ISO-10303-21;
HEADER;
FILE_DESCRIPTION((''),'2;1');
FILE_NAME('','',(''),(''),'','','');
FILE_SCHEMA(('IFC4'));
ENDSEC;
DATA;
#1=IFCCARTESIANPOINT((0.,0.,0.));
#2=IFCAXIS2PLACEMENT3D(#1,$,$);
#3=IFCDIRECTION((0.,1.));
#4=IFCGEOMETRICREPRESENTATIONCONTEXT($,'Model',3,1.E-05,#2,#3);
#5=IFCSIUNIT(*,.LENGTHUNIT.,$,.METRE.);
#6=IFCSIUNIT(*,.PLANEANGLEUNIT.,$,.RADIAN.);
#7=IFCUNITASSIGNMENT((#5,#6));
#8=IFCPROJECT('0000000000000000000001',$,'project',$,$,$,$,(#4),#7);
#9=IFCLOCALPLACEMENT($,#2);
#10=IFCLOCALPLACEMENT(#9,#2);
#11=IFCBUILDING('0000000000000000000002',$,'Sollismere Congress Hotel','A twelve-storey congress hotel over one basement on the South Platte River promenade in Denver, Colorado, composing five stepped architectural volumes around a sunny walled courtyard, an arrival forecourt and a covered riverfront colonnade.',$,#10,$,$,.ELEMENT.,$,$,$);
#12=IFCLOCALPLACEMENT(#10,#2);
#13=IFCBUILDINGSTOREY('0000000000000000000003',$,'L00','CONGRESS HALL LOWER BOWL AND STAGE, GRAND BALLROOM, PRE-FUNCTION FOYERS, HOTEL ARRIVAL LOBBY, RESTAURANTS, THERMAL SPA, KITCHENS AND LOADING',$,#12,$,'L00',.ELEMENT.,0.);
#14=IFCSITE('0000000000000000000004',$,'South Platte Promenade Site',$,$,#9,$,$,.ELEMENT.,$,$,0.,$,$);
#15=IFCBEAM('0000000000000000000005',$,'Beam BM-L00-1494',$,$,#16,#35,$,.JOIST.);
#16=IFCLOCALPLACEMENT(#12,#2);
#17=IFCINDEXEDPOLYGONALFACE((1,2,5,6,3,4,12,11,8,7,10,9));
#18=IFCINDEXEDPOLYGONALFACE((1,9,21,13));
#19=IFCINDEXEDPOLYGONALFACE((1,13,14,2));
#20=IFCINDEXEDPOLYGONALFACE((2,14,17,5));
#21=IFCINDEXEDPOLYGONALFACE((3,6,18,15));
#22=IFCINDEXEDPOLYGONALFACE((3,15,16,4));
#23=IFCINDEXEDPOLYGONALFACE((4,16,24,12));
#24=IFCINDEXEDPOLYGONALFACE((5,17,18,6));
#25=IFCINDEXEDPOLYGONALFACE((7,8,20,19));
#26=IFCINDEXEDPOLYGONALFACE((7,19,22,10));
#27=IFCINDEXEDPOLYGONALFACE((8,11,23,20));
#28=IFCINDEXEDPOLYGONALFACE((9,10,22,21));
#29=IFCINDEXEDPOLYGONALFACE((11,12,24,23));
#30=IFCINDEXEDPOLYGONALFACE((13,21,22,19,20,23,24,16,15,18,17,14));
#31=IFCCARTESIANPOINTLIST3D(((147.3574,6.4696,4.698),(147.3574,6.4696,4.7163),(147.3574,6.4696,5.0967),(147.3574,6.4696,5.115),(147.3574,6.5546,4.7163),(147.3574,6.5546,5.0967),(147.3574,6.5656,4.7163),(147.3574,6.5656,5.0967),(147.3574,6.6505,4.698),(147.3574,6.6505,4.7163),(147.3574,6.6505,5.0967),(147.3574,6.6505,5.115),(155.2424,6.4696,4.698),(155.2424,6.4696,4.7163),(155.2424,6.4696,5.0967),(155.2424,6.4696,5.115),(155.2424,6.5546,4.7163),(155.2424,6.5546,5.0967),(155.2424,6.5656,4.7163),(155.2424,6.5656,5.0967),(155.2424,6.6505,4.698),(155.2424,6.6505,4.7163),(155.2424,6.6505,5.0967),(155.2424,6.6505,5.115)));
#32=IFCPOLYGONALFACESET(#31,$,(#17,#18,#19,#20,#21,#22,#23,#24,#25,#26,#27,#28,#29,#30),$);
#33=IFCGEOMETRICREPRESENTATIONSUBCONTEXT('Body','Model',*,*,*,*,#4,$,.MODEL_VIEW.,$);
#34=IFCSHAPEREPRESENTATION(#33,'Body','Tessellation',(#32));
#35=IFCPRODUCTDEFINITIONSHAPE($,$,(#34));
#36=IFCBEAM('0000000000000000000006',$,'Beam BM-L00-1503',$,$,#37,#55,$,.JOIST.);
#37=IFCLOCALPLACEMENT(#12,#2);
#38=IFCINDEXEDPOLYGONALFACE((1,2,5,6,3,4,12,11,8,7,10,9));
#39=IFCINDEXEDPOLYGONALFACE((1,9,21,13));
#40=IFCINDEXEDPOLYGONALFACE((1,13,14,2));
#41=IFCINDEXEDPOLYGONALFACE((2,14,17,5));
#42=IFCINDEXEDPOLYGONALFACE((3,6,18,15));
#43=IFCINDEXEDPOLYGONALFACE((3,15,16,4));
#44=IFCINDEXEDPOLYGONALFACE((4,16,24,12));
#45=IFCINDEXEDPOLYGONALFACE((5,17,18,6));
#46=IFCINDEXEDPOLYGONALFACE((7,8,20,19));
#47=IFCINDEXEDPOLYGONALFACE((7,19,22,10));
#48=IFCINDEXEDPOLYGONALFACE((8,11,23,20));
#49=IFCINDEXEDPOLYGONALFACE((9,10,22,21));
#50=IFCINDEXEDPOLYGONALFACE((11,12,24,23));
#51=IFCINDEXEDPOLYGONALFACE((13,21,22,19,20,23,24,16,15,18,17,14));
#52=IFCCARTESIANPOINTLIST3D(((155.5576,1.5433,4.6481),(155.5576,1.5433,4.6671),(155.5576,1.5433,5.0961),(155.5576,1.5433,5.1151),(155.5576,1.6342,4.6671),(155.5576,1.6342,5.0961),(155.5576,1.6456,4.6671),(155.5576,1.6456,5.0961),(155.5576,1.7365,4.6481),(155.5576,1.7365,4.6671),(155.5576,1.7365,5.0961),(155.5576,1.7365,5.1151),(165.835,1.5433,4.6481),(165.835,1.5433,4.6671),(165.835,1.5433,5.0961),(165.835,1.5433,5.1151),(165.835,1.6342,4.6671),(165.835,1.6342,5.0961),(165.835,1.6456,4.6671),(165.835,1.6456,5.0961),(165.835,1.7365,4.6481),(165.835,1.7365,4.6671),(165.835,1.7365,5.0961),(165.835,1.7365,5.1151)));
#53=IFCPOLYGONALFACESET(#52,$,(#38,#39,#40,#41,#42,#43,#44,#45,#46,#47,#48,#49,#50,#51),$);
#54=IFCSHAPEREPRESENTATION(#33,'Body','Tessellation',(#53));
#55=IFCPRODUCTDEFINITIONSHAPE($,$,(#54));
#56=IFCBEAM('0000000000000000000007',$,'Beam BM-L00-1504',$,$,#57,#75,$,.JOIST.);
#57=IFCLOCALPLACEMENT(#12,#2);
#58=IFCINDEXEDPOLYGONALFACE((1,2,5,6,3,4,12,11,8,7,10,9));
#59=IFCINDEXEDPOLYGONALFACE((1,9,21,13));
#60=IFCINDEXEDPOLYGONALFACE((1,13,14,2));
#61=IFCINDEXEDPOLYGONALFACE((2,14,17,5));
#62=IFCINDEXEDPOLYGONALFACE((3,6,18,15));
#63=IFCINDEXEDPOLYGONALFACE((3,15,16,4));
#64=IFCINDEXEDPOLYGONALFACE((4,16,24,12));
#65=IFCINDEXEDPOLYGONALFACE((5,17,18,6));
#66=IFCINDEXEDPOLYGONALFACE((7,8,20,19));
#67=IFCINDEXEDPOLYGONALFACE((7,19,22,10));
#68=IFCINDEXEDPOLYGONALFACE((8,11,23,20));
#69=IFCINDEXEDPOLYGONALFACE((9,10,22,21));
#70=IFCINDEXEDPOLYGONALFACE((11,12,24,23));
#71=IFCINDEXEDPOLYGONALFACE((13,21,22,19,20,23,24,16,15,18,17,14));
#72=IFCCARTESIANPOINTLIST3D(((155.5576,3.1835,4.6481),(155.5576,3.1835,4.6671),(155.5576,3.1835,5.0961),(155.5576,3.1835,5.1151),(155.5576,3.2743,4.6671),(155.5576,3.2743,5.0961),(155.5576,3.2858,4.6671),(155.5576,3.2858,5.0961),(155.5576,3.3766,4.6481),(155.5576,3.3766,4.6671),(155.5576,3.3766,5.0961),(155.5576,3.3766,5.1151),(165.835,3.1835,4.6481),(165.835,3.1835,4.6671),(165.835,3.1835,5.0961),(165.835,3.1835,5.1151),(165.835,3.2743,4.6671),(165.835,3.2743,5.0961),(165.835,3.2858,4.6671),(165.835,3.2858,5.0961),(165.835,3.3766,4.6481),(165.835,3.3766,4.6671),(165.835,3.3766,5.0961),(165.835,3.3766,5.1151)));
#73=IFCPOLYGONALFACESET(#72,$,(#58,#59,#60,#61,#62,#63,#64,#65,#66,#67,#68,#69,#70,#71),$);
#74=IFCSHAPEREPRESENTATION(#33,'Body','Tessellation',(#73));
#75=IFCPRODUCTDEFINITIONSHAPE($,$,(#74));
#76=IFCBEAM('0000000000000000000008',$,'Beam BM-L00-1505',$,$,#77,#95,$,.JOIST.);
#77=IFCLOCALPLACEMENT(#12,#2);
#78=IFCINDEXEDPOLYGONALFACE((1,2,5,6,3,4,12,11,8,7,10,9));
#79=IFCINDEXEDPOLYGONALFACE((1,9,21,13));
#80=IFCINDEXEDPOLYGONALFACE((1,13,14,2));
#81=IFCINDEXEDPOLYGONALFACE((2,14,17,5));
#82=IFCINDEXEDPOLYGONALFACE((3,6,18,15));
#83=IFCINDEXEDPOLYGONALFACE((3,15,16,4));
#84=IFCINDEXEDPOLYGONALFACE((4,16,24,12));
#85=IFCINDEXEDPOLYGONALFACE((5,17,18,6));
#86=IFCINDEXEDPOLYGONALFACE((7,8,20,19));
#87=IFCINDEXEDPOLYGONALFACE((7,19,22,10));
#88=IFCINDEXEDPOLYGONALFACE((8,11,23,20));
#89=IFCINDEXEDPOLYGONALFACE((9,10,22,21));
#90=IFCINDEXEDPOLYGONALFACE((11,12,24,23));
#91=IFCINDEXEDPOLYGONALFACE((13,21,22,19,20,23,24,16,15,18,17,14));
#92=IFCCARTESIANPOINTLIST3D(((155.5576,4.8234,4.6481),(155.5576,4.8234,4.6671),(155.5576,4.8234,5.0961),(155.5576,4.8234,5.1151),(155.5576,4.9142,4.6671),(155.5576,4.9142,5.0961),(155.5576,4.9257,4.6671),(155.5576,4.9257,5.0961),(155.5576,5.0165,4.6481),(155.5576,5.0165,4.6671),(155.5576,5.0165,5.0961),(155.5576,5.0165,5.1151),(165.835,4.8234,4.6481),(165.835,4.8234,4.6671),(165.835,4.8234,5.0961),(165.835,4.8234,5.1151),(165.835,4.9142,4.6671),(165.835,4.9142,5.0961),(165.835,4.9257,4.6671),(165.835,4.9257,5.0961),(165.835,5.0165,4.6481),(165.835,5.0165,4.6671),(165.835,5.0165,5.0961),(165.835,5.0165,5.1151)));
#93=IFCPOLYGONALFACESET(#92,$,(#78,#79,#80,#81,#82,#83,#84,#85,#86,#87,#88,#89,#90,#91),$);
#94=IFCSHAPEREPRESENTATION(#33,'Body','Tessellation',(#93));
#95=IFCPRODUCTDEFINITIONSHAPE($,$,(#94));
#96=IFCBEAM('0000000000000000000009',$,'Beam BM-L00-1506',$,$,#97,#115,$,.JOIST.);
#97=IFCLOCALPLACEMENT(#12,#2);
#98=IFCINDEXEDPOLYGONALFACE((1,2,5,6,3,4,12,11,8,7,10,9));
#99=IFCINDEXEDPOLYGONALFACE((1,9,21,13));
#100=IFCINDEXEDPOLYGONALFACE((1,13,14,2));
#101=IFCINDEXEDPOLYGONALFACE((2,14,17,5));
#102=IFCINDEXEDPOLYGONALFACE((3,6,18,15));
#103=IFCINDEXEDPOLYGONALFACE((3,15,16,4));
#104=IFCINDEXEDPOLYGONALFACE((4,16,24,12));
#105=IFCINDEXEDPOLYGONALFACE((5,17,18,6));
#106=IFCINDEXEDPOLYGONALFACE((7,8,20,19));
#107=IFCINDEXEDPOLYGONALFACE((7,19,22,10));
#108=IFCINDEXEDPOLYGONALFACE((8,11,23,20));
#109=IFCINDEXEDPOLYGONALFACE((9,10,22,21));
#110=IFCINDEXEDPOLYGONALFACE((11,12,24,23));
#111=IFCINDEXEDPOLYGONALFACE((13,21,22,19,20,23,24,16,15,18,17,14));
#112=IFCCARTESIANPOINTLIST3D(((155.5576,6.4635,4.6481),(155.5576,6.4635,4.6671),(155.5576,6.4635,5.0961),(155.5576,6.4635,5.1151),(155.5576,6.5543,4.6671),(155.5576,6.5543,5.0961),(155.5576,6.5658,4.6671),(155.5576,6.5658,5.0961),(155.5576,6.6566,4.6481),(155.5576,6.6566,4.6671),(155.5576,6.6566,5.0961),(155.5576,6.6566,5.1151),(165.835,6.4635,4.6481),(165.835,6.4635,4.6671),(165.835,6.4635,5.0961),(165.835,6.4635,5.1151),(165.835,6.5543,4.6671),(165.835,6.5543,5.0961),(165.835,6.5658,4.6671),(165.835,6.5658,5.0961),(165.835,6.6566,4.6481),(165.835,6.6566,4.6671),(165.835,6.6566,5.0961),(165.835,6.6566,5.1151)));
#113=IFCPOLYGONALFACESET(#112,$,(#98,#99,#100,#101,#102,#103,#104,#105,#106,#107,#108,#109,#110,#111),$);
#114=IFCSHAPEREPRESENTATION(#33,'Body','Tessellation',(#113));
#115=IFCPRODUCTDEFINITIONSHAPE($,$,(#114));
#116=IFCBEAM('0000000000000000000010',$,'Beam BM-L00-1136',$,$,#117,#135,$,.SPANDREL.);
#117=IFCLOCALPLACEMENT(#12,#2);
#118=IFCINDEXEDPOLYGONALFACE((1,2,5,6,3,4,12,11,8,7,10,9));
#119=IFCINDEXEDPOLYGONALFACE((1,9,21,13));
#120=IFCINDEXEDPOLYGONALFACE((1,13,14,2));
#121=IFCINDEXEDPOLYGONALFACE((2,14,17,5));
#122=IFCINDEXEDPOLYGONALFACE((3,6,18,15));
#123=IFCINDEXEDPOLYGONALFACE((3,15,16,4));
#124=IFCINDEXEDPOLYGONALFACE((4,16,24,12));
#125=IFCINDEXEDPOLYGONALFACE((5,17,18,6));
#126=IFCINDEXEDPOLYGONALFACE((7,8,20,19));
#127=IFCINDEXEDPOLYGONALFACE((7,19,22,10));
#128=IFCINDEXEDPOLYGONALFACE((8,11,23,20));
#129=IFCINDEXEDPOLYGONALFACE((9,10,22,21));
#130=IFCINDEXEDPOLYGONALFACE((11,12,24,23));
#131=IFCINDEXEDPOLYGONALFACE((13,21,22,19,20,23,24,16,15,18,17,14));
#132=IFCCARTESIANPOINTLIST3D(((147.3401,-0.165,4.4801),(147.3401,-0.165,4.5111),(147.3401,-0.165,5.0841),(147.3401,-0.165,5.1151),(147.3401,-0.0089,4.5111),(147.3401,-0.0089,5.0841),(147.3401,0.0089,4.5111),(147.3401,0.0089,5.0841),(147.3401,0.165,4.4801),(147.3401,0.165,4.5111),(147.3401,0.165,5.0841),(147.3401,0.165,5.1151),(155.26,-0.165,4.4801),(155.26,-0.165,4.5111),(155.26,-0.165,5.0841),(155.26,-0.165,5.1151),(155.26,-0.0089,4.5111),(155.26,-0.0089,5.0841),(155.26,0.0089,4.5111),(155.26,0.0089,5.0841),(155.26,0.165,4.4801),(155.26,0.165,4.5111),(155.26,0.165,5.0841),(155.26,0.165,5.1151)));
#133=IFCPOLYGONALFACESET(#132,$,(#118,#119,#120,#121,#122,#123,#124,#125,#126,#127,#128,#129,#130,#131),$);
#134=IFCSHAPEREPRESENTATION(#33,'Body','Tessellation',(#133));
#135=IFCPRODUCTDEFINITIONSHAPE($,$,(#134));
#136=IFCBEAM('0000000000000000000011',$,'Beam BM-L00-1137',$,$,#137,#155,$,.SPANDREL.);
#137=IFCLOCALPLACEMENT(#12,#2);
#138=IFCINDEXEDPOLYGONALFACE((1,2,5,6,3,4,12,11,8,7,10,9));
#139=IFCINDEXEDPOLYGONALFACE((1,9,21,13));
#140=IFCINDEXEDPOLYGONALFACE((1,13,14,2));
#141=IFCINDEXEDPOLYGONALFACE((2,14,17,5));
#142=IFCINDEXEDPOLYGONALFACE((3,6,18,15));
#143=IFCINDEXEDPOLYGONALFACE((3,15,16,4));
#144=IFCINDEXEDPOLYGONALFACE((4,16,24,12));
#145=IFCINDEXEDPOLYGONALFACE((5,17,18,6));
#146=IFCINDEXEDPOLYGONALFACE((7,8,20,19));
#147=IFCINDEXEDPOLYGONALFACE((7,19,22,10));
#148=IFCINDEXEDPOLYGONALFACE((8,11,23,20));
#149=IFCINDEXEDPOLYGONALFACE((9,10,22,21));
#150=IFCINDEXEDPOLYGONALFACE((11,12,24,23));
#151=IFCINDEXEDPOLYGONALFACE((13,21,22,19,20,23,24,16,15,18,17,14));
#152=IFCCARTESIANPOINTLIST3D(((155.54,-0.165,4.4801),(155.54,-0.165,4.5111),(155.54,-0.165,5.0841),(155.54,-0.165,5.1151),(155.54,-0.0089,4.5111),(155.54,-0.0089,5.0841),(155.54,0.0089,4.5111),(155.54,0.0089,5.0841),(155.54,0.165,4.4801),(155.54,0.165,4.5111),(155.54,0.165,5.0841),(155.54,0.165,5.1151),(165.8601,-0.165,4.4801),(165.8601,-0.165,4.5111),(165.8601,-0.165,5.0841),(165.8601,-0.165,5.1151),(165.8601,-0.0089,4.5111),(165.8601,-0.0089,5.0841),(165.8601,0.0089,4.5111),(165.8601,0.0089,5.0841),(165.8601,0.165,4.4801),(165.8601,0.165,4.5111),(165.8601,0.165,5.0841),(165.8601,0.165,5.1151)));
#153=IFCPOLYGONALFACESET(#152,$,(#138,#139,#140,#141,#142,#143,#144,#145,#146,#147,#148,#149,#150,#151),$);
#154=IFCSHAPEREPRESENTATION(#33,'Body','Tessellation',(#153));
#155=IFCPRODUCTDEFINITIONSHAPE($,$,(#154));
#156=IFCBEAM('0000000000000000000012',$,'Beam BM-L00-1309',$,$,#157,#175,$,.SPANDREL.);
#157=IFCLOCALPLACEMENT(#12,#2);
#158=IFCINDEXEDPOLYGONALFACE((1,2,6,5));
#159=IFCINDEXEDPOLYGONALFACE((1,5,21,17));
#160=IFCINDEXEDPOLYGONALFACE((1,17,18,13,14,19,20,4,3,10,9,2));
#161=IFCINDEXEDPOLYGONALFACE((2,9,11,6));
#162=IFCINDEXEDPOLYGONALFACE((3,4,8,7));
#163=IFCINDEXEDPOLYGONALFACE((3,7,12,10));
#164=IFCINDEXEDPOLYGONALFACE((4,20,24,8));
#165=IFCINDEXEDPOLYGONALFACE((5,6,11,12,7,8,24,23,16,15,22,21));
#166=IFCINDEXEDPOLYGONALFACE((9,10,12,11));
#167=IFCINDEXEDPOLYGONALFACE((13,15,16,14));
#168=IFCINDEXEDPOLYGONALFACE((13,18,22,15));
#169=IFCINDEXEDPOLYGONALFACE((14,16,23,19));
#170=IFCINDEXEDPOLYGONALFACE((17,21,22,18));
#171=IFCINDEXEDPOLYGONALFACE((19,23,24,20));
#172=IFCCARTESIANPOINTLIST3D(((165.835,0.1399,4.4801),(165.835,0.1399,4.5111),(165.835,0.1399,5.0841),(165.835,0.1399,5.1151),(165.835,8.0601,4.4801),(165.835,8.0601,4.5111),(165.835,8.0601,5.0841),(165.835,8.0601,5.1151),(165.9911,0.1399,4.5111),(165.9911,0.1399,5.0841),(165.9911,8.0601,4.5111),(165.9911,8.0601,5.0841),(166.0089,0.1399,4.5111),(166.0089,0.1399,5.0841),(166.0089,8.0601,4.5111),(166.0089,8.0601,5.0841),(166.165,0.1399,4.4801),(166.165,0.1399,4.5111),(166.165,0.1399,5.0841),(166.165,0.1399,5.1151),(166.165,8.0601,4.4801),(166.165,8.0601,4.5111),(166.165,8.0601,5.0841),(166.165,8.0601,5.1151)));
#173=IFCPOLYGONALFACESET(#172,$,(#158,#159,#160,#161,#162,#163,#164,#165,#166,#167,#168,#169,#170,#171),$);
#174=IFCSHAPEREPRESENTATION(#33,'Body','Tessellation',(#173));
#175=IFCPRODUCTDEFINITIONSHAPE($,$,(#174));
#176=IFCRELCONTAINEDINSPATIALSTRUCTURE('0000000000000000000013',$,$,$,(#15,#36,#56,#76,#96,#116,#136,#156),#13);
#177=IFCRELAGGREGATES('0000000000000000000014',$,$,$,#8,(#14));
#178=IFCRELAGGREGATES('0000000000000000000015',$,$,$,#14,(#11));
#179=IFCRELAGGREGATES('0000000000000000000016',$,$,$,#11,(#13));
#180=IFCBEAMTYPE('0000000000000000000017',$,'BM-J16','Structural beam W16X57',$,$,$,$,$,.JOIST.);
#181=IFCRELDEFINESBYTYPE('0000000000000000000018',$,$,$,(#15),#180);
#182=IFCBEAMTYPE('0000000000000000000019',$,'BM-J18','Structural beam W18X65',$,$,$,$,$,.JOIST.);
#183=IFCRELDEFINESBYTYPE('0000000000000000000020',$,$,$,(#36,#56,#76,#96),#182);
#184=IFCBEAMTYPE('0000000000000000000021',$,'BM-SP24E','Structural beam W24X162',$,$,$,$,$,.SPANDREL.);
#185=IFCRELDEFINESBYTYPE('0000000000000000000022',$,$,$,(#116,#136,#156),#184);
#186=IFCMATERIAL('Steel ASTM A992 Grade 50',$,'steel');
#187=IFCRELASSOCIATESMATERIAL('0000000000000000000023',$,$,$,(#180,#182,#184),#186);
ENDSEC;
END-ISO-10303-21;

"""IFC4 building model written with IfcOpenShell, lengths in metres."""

from ifc_helpers import new_model, si_unit, direction, frame, origin, origin_2d, place, context, subcontext, project, spatial, i_section, extrude, material, material_profile, profile_set, type_object, element, save


model = new_model("IFC4")

# Units and contexts
model_context = context("Model", 3, precision=1e-05, world=origin(), true_north=direction((0.0, 1.0)))
body_context = subcontext(model_context, "Body", "Model", "MODEL_VIEW")
ifc_project = project(units=[si_unit("LENGTHUNIT", "METRE"), si_unit("PLANEANGLEUNIT", "RADIAN")], contexts=[model_context])

# Site, building, storey
site_placement = place(None, origin())
site = spatial("IfcSite", under=ifc_project, at=site_placement, Name="South Platte Promenade Site", CompositionType="ELEMENT", RefElevation=0.0)
building_placement = place(site_placement, origin())
building = spatial("IfcBuilding", under=site, at=building_placement, Name="Sollismere Congress Hotel", Description="A twelve-storey congress hotel over one basement on the South Platte River promenade in Denver, Colorado, composing five stepped architectural volumes around a sunny walled courtyard, an arrival forecourt and a covered riverfront colonnade.", CompositionType="ELEMENT")
storey_placement = place(building_placement, origin())
storey = spatial("IfcBuildingStorey", under=building, at=storey_placement, Name="L00", Description="CONGRESS HALL LOWER BOWL AND STAGE, GRAND BALLROOM, PRE-FUNCTION FOYERS, HOTEL ARRIVAL LOBBY, RESTAURANTS, THERMAL SPA, KITCHENS AND LOADING", LongName="L00", CompositionType="ELEMENT", Elevation=0.0)

# Shared definitions
ifc_material_1 = material(Name="Steel ASTM A992 Grade 50", Category="steel")

# Beams
ifc_material_profile_1 = material_profile(ifc_material_1, i_section(OverallWidth=0.1809, OverallDepth=0.417, WebThickness=0.011, FlangeThickness=0.0183, at=origin_2d()), Name="W16X57")
ifc_profile_set_1 = profile_set([ifc_material_profile_1], Name="Steel ASTM A992 Grade 50")
beam_type_1 = type_object("IfcBeamType", Name="BM-J16", Description="Structural beam W16X57", PredefinedType="JOIST", material=ifc_profile_set_1)
for number, where, z_axis, x_axis, name in (
    (1, (147.3574, 6.5601, 4.9065), (1.0, 0.0, 0.0), (0.0, 1.0, 0.0), "Beam BM-L00-1494"),
):
    element("IfcBeam", number, at=place(storey_placement, frame(where, z_axis=z_axis, x_axis=x_axis)), inside=storey, type_object=beam_type_1, Name=name, PredefinedType="JOIST", context=body_context, shape_type="SweptSolid", body=[
        extrude(i_section(OverallWidth=0.1809, OverallDepth=0.417, WebThickness=0.011, FlangeThickness=0.0183, at=origin_2d()), origin(), (0.0, 0.0, 1.0), 7.885),
    ])
ifc_material_profile_2 = material_profile(ifc_material_1, i_section(OverallWidth=0.1931, OverallDepth=0.467, WebThickness=0.0115, FlangeThickness=0.019, at=origin_2d()), Name="W18X65")
ifc_profile_set_2 = profile_set([ifc_material_profile_2], Name="Steel ASTM A992 Grade 50")
beam_type_2 = type_object("IfcBeamType", Name="BM-J18", Description="Structural beam W18X65", PredefinedType="JOIST", material=ifc_profile_set_2)
for number, where, z_axis, x_axis, name in (
    (2, (155.5576, 1.6399, 4.8816), (1.0, 0.0, 0.0), (0.0, 1.0, 0.0), "Beam BM-L00-1503"),
    (3, (155.5576, 3.28, 4.8816), (1.0, 0.0, 0.0), (0.0, 1.0, 0.0), "Beam BM-L00-1504"),
    (4, (155.5576, 4.9199, 4.8816), (1.0, 0.0, 0.0), (0.0, 1.0, 0.0), "Beam BM-L00-1505"),
    (5, (155.5576, 6.5601, 4.8816), (1.0, 0.0, 0.0), (0.0, 1.0, 0.0), "Beam BM-L00-1506"),
):
    element("IfcBeam", number, at=place(storey_placement, frame(where, z_axis=z_axis, x_axis=x_axis)), inside=storey, type_object=beam_type_2, Name=name, PredefinedType="JOIST", context=body_context, shape_type="SweptSolid", body=[
        extrude(i_section(OverallWidth=0.1931, OverallDepth=0.467, WebThickness=0.0115, FlangeThickness=0.019, at=origin_2d()), origin(), (0.0, 0.0, 1.0), 10.2773),
    ])
ifc_material_profile_3 = material_profile(ifc_material_1, i_section(OverallWidth=0.3301, OverallDepth=0.635, WebThickness=0.0178, FlangeThickness=0.031, at=origin_2d()), Name="W24X162")
ifc_profile_set_3 = profile_set([ifc_material_profile_3], Name="Steel ASTM A992 Grade 50")
beam_type_3 = type_object("IfcBeamType", Name="BM-SP24E", Description="Structural beam W24X162", PredefinedType="SPANDREL", material=ifc_profile_set_3)
beam_1_placement = place(storey_placement, frame((147.3401, 0.0, 4.7976), z_axis=(1.0, 0.0, 0.0), x_axis=(0.0, 1.0, 0.0)))
element("IfcBeam", 6, at=beam_1_placement, inside=storey, type_object=beam_type_3, Name="Beam BM-L00-1136", PredefinedType="SPANDREL", context=body_context, shape_type="SweptSolid", body=[
    extrude(i_section(OverallWidth=0.3301, OverallDepth=0.635, WebThickness=0.0178, FlangeThickness=0.031, at=origin_2d()), origin(), (0.0, 0.0, 1.0), 7.9199),
])
beam_2_placement = place(storey_placement, frame((155.54, 0.0, 4.7976), z_axis=(1.0, 0.0, 0.0), x_axis=(0.0, 1.0, 0.0)))
element("IfcBeam", 7, at=beam_2_placement, inside=storey, type_object=beam_type_3, Name="Beam BM-L00-1137", PredefinedType="SPANDREL", context=body_context, shape_type="SweptSolid", body=[
    extrude(i_section(OverallWidth=0.3301, OverallDepth=0.635, WebThickness=0.0178, FlangeThickness=0.031, at=origin_2d()), origin(), (0.0, 0.0, 1.0), 10.3201),
])
beam_3_placement = place(storey_placement, frame((166.0, 0.1399, 4.7976), z_axis=(0.0, 1.0, 0.0), x_axis=(-1.0, 0.0, 0.0)))
element("IfcBeam", 8, at=beam_3_placement, inside=storey, type_object=beam_type_3, Name="Beam BM-L00-1309", PredefinedType="SPANDREL", context=body_context, shape_type="SweptSolid", body=[
    extrude(i_section(OverallWidth=0.3301, OverallDepth=0.635, WebThickness=0.0178, FlangeThickness=0.031, at=origin_2d()), origin(), (0.0, 0.0, 1.0), 7.9202),
])

save(model, "model.ifc")
